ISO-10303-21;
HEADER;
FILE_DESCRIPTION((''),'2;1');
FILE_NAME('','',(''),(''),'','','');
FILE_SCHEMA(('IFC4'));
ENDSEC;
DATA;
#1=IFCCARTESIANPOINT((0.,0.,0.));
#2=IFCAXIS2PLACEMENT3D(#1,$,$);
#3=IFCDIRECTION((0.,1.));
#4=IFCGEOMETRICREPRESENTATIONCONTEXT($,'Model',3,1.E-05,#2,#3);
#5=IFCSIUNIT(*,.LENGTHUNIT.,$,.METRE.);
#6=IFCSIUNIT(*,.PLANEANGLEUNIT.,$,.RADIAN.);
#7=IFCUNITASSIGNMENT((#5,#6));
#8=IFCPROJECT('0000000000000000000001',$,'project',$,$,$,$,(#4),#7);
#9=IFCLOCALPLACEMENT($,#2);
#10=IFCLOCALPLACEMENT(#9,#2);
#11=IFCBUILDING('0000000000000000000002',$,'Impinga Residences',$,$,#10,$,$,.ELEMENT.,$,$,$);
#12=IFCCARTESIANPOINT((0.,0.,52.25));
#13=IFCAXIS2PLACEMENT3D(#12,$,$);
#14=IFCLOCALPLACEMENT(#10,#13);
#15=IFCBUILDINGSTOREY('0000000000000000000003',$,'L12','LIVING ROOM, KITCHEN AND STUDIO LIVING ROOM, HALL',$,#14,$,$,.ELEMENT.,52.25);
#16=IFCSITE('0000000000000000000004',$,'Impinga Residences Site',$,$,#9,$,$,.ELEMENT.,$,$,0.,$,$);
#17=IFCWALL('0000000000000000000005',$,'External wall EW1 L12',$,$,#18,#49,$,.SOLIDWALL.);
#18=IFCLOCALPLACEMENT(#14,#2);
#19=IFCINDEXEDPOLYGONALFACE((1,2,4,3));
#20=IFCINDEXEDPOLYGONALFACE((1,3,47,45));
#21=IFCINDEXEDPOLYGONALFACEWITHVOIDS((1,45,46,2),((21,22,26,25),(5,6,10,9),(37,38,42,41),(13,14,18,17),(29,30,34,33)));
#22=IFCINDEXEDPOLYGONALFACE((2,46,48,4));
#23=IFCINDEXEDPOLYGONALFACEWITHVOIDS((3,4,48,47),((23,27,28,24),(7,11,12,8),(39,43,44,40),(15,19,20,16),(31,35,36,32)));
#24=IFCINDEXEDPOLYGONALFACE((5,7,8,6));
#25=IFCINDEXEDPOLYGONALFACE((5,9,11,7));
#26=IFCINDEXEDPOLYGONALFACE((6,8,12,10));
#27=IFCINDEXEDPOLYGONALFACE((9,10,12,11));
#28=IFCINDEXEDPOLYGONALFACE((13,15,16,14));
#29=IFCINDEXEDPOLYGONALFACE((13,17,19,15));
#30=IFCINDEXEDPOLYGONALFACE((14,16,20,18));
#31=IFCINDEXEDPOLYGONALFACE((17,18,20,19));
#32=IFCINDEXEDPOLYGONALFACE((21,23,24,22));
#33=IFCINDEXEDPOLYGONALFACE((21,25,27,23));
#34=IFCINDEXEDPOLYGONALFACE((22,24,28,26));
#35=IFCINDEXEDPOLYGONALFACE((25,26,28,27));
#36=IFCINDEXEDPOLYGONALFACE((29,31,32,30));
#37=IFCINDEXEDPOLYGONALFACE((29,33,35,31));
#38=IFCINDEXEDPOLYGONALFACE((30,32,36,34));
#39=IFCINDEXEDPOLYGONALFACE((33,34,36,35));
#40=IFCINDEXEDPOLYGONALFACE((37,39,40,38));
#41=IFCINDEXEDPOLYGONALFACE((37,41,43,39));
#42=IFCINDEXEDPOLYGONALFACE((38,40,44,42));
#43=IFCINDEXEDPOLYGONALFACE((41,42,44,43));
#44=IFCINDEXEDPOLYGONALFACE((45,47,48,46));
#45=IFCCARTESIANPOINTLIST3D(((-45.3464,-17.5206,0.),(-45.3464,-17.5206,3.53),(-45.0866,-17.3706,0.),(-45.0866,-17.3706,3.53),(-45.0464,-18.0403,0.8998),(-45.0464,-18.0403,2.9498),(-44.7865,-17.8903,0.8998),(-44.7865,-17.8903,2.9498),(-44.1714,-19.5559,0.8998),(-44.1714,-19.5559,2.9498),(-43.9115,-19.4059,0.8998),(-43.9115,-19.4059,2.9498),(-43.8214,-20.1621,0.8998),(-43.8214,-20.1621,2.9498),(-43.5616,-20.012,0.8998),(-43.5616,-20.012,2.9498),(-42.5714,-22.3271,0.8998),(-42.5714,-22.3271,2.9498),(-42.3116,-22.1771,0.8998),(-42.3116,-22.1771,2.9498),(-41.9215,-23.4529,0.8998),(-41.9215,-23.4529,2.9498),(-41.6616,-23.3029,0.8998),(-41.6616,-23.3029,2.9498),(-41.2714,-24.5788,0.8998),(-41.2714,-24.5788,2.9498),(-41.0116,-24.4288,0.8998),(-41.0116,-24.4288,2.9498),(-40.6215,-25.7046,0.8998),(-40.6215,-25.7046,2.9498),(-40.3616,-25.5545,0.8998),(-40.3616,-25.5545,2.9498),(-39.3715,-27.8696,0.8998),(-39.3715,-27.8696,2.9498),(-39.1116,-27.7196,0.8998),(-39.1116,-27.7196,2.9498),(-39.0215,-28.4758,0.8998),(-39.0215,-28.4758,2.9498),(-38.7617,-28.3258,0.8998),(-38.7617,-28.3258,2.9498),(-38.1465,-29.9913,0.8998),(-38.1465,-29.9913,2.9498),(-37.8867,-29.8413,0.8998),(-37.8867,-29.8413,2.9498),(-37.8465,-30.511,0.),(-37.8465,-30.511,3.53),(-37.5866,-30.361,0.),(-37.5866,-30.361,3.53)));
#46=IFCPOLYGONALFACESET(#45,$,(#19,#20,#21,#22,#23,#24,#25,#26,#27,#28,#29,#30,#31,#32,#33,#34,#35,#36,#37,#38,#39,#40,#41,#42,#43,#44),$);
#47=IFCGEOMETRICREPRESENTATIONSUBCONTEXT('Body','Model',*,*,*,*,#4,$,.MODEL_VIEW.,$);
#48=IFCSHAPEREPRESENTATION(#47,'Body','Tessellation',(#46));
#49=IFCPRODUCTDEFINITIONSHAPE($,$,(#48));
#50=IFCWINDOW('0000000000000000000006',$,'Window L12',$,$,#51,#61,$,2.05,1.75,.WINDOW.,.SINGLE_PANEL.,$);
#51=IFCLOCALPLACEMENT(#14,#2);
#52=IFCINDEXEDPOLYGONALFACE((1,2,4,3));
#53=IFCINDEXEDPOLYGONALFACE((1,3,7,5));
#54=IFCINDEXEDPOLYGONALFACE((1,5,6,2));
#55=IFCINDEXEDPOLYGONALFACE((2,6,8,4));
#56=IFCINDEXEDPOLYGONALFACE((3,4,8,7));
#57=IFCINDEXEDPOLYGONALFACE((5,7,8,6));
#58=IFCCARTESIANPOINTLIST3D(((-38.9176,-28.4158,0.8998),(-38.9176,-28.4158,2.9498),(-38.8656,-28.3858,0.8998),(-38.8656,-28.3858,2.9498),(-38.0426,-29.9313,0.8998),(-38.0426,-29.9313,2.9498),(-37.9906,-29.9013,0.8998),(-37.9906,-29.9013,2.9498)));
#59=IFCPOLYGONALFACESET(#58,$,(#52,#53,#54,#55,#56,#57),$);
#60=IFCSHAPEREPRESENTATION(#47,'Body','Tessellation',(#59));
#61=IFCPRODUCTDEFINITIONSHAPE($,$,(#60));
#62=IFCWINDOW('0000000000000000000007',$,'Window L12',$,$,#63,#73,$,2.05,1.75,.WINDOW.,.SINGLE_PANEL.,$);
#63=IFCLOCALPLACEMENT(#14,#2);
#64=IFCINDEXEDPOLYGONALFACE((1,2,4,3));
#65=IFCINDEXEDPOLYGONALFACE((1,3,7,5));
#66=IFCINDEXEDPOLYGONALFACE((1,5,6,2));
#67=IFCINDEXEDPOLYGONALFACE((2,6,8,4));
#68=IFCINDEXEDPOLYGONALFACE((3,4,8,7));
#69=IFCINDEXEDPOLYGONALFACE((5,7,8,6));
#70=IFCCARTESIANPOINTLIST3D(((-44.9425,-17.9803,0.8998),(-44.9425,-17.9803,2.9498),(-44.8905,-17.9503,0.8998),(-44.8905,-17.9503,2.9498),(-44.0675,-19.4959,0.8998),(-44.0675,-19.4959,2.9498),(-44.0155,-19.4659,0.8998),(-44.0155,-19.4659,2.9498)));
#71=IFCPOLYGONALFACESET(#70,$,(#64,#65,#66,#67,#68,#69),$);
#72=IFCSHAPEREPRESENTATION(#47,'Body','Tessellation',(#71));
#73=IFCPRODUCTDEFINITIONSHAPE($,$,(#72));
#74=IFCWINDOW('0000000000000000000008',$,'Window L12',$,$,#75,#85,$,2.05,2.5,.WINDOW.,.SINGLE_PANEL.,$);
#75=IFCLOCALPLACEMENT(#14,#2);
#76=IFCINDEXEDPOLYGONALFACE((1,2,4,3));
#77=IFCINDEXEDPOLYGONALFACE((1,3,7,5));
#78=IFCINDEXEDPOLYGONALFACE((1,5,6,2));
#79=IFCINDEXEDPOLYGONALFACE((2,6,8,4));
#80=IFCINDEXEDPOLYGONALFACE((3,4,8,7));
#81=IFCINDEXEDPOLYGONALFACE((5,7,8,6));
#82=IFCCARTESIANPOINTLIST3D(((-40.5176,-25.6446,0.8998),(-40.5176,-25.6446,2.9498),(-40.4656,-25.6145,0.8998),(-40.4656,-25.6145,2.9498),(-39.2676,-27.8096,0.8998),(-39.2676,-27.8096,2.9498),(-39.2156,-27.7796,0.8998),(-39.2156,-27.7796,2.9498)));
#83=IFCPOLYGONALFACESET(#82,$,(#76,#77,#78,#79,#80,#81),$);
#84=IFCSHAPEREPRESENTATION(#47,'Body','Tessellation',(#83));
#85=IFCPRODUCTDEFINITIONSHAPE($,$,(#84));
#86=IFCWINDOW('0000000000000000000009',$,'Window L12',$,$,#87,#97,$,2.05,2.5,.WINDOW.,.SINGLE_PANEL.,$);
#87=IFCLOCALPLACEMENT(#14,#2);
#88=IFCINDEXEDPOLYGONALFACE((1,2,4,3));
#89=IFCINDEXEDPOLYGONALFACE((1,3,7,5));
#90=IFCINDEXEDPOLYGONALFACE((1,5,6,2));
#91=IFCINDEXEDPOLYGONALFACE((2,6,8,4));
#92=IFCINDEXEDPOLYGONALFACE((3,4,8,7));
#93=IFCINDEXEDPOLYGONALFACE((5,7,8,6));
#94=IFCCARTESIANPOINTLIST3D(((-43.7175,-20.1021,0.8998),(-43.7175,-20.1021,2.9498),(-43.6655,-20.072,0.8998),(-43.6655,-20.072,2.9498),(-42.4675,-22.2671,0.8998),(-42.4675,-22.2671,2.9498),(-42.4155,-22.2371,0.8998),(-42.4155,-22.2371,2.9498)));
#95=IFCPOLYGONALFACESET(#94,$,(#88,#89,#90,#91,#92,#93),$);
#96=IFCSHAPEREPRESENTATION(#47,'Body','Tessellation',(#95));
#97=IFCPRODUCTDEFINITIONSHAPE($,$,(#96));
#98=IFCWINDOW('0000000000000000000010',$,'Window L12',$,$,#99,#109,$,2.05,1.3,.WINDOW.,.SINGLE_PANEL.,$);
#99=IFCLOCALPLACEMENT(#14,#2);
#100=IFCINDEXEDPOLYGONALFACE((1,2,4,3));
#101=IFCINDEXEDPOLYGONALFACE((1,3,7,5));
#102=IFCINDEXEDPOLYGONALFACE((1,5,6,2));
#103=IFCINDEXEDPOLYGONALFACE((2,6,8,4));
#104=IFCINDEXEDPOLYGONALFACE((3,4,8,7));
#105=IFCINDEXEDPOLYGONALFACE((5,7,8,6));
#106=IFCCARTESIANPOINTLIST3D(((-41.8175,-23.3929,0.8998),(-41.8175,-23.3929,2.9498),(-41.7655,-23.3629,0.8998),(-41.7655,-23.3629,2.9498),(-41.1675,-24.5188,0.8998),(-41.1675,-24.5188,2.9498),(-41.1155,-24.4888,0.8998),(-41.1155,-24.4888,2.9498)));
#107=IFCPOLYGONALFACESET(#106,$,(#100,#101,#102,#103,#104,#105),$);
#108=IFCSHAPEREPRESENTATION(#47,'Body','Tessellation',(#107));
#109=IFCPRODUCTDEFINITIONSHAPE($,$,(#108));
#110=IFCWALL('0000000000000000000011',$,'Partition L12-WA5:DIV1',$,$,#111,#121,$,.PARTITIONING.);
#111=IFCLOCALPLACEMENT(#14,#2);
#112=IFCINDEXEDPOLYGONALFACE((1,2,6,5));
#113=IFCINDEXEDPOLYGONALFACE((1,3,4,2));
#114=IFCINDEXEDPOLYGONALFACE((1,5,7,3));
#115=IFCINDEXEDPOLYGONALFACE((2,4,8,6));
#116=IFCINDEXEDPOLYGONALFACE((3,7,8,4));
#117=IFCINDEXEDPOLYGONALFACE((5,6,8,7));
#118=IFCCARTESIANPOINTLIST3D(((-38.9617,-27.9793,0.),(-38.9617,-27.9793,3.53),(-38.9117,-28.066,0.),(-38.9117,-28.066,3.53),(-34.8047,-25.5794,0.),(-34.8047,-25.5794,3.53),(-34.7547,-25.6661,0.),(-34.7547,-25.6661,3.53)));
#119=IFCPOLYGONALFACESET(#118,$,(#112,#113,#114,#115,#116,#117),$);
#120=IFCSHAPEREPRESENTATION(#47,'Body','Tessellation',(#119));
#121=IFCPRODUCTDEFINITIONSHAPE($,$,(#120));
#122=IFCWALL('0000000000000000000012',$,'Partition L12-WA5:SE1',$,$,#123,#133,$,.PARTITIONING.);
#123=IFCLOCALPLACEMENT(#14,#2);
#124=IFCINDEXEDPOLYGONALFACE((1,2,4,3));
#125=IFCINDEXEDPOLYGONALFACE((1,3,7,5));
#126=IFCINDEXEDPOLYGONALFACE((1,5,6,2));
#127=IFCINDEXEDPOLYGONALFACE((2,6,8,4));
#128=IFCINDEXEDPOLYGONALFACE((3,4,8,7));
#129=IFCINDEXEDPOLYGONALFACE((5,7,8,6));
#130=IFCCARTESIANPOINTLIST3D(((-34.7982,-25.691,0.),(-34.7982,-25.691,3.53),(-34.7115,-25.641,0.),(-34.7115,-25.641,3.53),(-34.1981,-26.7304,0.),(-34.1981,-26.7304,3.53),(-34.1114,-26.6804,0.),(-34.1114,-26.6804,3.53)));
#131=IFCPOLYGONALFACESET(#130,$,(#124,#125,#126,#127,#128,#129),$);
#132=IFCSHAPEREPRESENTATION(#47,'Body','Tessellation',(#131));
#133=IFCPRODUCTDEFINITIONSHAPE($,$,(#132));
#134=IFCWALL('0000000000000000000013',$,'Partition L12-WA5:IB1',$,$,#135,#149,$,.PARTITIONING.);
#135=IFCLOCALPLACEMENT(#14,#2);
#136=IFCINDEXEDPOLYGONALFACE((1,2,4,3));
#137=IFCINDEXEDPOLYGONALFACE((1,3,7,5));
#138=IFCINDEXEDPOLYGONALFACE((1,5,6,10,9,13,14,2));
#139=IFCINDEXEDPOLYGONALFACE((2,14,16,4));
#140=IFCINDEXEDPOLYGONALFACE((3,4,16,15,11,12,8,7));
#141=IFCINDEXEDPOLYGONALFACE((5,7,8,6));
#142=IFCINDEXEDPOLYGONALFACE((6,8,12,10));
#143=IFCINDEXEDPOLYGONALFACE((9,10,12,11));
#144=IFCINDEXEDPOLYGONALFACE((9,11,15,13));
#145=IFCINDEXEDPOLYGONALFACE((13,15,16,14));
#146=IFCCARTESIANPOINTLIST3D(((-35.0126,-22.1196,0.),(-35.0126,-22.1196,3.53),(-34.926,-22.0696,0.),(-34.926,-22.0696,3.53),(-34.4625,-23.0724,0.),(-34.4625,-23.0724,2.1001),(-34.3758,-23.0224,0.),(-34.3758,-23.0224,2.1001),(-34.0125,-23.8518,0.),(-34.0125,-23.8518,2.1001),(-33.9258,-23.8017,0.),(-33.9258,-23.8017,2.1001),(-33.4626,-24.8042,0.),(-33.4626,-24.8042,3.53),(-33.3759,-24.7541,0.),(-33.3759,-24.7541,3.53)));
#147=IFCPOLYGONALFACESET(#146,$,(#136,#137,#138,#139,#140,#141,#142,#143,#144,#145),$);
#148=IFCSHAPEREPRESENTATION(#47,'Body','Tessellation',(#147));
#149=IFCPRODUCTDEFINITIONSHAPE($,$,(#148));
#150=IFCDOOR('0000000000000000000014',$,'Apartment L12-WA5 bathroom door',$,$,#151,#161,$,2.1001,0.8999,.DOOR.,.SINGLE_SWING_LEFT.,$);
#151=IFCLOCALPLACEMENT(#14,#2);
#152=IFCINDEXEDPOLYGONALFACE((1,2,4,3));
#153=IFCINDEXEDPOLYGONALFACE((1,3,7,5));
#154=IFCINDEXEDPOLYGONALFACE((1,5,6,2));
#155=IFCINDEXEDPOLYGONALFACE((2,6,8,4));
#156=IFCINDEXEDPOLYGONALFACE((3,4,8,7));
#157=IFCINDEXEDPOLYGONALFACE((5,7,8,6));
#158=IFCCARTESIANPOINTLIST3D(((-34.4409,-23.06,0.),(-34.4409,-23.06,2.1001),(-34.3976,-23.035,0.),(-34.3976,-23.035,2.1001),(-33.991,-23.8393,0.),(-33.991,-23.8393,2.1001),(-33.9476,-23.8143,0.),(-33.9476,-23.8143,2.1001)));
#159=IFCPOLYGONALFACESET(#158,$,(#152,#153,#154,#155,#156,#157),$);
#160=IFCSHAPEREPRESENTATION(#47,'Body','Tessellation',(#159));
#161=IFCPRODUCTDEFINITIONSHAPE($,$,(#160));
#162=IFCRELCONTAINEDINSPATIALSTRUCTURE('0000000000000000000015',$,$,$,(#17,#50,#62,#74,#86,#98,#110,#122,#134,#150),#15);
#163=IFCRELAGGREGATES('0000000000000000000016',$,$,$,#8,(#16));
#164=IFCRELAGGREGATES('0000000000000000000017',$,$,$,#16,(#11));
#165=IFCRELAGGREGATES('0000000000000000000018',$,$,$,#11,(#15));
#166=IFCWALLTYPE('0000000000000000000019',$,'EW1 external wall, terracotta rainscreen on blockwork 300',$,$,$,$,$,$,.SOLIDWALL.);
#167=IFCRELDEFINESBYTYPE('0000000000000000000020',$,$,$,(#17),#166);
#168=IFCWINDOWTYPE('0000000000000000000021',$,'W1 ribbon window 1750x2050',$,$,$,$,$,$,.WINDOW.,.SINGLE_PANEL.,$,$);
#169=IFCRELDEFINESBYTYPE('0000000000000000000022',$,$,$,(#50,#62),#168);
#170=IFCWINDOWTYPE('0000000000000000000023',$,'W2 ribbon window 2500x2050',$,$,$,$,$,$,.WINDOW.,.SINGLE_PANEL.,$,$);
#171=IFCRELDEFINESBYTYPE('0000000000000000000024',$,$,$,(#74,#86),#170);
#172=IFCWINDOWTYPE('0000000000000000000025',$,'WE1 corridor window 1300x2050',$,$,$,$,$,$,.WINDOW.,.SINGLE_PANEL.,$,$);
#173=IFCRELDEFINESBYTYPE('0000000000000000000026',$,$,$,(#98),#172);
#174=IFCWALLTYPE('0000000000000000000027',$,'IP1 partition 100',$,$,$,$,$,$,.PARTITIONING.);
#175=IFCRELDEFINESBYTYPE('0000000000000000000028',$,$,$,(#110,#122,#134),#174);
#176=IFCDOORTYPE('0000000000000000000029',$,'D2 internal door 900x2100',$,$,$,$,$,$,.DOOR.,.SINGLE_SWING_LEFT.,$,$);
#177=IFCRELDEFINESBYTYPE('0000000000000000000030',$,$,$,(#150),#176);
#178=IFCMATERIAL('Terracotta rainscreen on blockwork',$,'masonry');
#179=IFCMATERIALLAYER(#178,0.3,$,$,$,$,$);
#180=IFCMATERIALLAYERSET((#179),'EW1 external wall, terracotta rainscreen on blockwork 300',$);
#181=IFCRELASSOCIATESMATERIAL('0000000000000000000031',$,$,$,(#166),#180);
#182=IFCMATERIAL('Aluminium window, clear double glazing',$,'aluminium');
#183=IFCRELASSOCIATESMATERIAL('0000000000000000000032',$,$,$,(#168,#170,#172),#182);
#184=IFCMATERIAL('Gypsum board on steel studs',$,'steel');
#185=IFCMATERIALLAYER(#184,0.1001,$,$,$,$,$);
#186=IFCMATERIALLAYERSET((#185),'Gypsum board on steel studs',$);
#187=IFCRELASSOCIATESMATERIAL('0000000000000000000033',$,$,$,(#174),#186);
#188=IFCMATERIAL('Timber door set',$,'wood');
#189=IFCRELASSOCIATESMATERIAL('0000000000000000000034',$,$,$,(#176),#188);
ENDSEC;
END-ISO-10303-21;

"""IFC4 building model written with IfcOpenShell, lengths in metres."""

from ifc_helpers import new_model, si_unit, direction, frame, frame_2d, origin, place, context, subcontext, project, spatial, rectangle, extrude, material, layer, layer_set, type_object, element, fill, save


model = new_model("IFC4")

# Units and contexts
model_context = context("Model", 3, precision=1e-05, world=origin(), true_north=direction((0.0, 1.0)))
body_context = subcontext(model_context, "Body", "Model", "MODEL_VIEW")
ifc_project = project(units=[si_unit("LENGTHUNIT", "METRE"), si_unit("PLANEANGLEUNIT", "RADIAN")], contexts=[model_context])

# Site, building, storey
site_placement = place(None, origin())
site = spatial("IfcSite", under=ifc_project, at=site_placement, Name="Impinga Residences Site", CompositionType="ELEMENT", RefElevation=0.0)
building_placement = place(site_placement, origin())
building = spatial("IfcBuilding", under=site, at=building_placement, Name="Impinga Residences", CompositionType="ELEMENT")
storey_placement = place(building_placement, frame((0.0, 0.0, 52.25)))
storey = spatial("IfcBuildingStorey", under=building, at=storey_placement, Name="L12", Description="LIVING ROOM, KITCHEN AND STUDIO LIVING ROOM, HALL", CompositionType="ELEMENT", Elevation=52.25)

# Shared definitions
ifc_material_1 = material(Name="Terracotta rainscreen on blockwork", Category="masonry")
ifc_layer_1 = layer(ifc_material_1, 0.3)
ifc_layer_set_1 = layer_set([ifc_layer_1], Name="EW1 external wall, terracotta rainscreen on blockwork 300")
wall_type_1 = type_object("IfcWallType", Name="EW1 external wall, terracotta rainscreen on blockwork 300", PredefinedType="SOLIDWALL", material=ifc_layer_set_1)

# Wall, openings, windows
wall_1_placement = place(storey_placement, frame((-37.7166, -30.436, 0.0), z_axis=(0.0, 0.0, 1.0), x_axis=(-0.499997, 0.866027, 0.0)))
wall_1 = element("IfcWall", 1, at=wall_1_placement, inside=storey, type_object=wall_type_1, Name="External wall EW1 L12", PredefinedType="SOLIDWALL", context=body_context, shape_type="SweptSolid", body=[
    extrude(rectangle(XDim=15.0, YDim=0.3, at=frame_2d((7.5, 0.0))), origin(), (0.0, 0.0, 1.0), 3.53),
])
opening_1_placement = place(wall_1_placement, frame((0.6001, 0.0, 0.8999)))
opening_1 = element("IfcOpeningElement", 2, at=opening_1_placement, cuts=wall_1, PredefinedType="OPENING", context=body_context, shape_type="SweptSolid", body=[
    extrude(rectangle(XDim=1.75, YDim=2.05, at=frame_2d((0.875, 1.0249))), frame((0.0, 0.1599, 0.0), z_axis=(0.0, -1.0, 0.0), x_axis=(1.0, 0.0, 0.0)), (0.0, 0.0, 1.0), 0.3201),
])
opening_2_placement = place(wall_1_placement, frame((3.05, 0.0, 0.8999)))
opening_2 = element("IfcOpeningElement", 3, at=opening_2_placement, cuts=wall_1, PredefinedType="OPENING", context=body_context, shape_type="SweptSolid", body=[
    extrude(rectangle(XDim=2.5, YDim=2.05, at=frame_2d((1.25, 1.0249))), frame((0.0, 0.1599, 0.0), z_axis=(0.0, -1.0, 0.0), x_axis=(1.0, 0.0, 0.0)), (0.0, 0.0, 1.0), 0.3201),
])
opening_3_placement = place(wall_1_placement, frame((6.8501, 0.0, 0.8999)))
opening_3 = element("IfcOpeningElement", 4, at=opening_3_placement, cuts=wall_1, PredefinedType="OPENING", context=body_context, shape_type="SweptSolid", body=[
    extrude(rectangle(XDim=1.3, YDim=2.05, at=frame_2d((0.6499, 1.0249))), frame((0.0, 0.1599, 0.0), z_axis=(0.0, -1.0, 0.0), x_axis=(1.0, 0.0, 0.0)), (0.0, 0.0, 1.0), 0.3201),
])
opening_4_placement = place(wall_1_placement, frame((9.45, 0.0, 0.8999)))
opening_4 = element("IfcOpeningElement", 5, at=opening_4_placement, cuts=wall_1, PredefinedType="OPENING", context=body_context, shape_type="SweptSolid", body=[
    extrude(rectangle(XDim=2.5, YDim=2.05, at=frame_2d((1.25, 1.0249))), frame((0.0, 0.1599, 0.0), z_axis=(0.0, -1.0, 0.0), x_axis=(1.0, 0.0, 0.0)), (0.0, 0.0, 1.0), 0.3201),
])
opening_5_placement = place(wall_1_placement, frame((12.6499, 0.0, 0.8999)))
opening_5 = element("IfcOpeningElement", 6, at=opening_5_placement, cuts=wall_1, PredefinedType="OPENING", context=body_context, shape_type="SweptSolid", body=[
    extrude(rectangle(XDim=1.75, YDim=2.05, at=frame_2d((0.875, 1.0249))), frame((0.0, 0.1599, 0.0), z_axis=(0.0, -1.0, 0.0), x_axis=(1.0, 0.0, 0.0)), (0.0, 0.0, 1.0), 0.3201),
])
ifc_material_2 = material(Name="Aluminium window, clear double glazing", Category="aluminium")
window_type_1 = type_object("IfcWindowType", Name="W1 ribbon window 1750x2050", PartitioningType="SINGLE_PANEL", PredefinedType="WINDOW", material=ifc_material_2)
window_1_placement = place(opening_1_placement, origin())
window_1 = element("IfcWindow", 7, at=window_1_placement, inside=storey, type_object=window_type_1, Name="Window L12", OverallHeight=2.05, OverallWidth=1.75, PartitioningType="SINGLE_PANEL", PredefinedType="WINDOW", context=body_context, shape_type="SweptSolid", body=[
    extrude(rectangle(XDim=1.75, YDim=2.05, at=frame_2d((0.875, 1.0249))), frame((0.0, 0.03, 0.0), z_axis=(0.0, -1.0, 0.0), x_axis=(1.0, 0.0, 0.0)), (0.0, 0.0, 1.0), 0.0601),
])
fill(opening_1, window_1)
window_2_placement = place(opening_5_placement, origin())
window_2 = element("IfcWindow", 8, at=window_2_placement, inside=storey, type_object=window_type_1, Name="Window L12", OverallHeight=2.05, OverallWidth=1.75, PartitioningType="SINGLE_PANEL", PredefinedType="WINDOW", context=body_context, shape_type="SweptSolid", body=[
    extrude(rectangle(XDim=1.75, YDim=2.05, at=frame_2d((0.875, 1.0249))), frame((0.0, 0.03, 0.0), z_axis=(0.0, -1.0, 0.0), x_axis=(1.0, 0.0, 0.0)), (0.0, 0.0, 1.0), 0.0601),
])
fill(opening_5, window_2)
window_type_2 = type_object("IfcWindowType", Name="W2 ribbon window 2500x2050", PartitioningType="SINGLE_PANEL", PredefinedType="WINDOW", material=ifc_material_2)
window_3_placement = place(opening_2_placement, origin())
window_3 = element("IfcWindow", 9, at=window_3_placement, inside=storey, type_object=window_type_2, Name="Window L12", OverallHeight=2.05, OverallWidth=2.5, PartitioningType="SINGLE_PANEL", PredefinedType="WINDOW", context=body_context, shape_type="SweptSolid", body=[
    extrude(rectangle(XDim=2.5, YDim=2.05, at=frame_2d((1.25, 1.0249))), frame((0.0, 0.03, 0.0), z_axis=(0.0, -1.0, 0.0), x_axis=(1.0, 0.0, 0.0)), (0.0, 0.0, 1.0), 0.0601),
])
fill(opening_2, window_3)
window_4_placement = place(opening_4_placement, origin())
window_4 = element("IfcWindow", 10, at=window_4_placement, inside=storey, type_object=window_type_2, Name="Window L12", OverallHeight=2.05, OverallWidth=2.5, PartitioningType="SINGLE_PANEL", PredefinedType="WINDOW", context=body_context, shape_type="SweptSolid", body=[
    extrude(rectangle(XDim=2.5, YDim=2.05, at=frame_2d((1.25, 1.0249))), frame((0.0, 0.03, 0.0), z_axis=(0.0, -1.0, 0.0), x_axis=(1.0, 0.0, 0.0)), (0.0, 0.0, 1.0), 0.0601),
])
fill(opening_4, window_4)
window_type_3 = type_object("IfcWindowType", Name="WE1 corridor window 1300x2050", PartitioningType="SINGLE_PANEL", PredefinedType="WINDOW", material=ifc_material_2)
window_5_placement = place(opening_3_placement, origin())
window_5 = element("IfcWindow", 11, at=window_5_placement, inside=storey, type_object=window_type_3, Name="Window L12", OverallHeight=2.05, OverallWidth=1.3, PartitioningType="SINGLE_PANEL", PredefinedType="WINDOW", context=body_context, shape_type="SweptSolid", body=[
    extrude(rectangle(XDim=1.3, YDim=2.05, at=frame_2d((0.6499, 1.0249))), frame((0.0, 0.03, 0.0), z_axis=(0.0, -1.0, 0.0), x_axis=(1.0, 0.0, 0.0)), (0.0, 0.0, 1.0), 0.0601),
])
fill(opening_3, window_5)

# Walls
ifc_material_3 = material(Name="Gypsum board on steel studs", Category="steel")
ifc_layer_2 = layer(ifc_material_3, 0.1001)
ifc_layer_set_2 = layer_set([ifc_layer_2], Name="Gypsum board on steel studs")
wall_type_2 = type_object("IfcWallType", Name="IP1 partition 100", PredefinedType="PARTITIONING", material=ifc_layer_set_2)
wall_2_placement = place(storey_placement, frame((-34.7798, -25.6228, 0.0), z_axis=(0.0, 0.0, 1.0), x_axis=(-0.866037, -0.499979, 0.0)))
element("IfcWall", 12, at=wall_2_placement, inside=storey, type_object=wall_type_2, Name="Partition L12-WA5:DIV1", PredefinedType="PARTITIONING", context=body_context, shape_type="SweptSolid", body=[
    extrude(rectangle(XDim=4.8, YDim=0.1001, at=frame_2d((2.3999, 0.0))), origin(), (0.0, 0.0, 1.0), 3.53),
])
wall_3_placement = place(storey_placement, frame((-34.7549, -25.666, 0.0), z_axis=(0.0, 0.0, 1.0), x_axis=(0.500034, -0.866006, 0.0)))
element("IfcWall", 13, at=wall_3_placement, inside=storey, type_object=wall_type_2, Name="Partition L12-WA5:SE1", PredefinedType="PARTITIONING", context=body_context, shape_type="SweptSolid", body=[
    extrude(rectangle(XDim=1.2002, YDim=0.1001, at=frame_2d((0.6001, 0.0))), origin(), (0.0, 0.0, 1.0), 3.53),
])

# Wall, opening, door
wall_4_placement = place(storey_placement, frame((-34.9692, -22.0947, 0.0), z_axis=(0.0, 0.0, 1.0), x_axis=(0.500027, -0.86601, 0.0)))
wall_4 = element("IfcWall", 14, at=wall_4_placement, inside=storey, type_object=wall_type_2, Name="Partition L12-WA5:IB1", PredefinedType="PARTITIONING", context=body_context, shape_type="SweptSolid", body=[
    extrude(rectangle(XDim=3.0999, YDim=0.1001, at=frame_2d((1.5498, 0.0))), origin(), (0.0, 0.0, 1.0), 3.53),
])
opening_6_placement = place(wall_4_placement, frame((1.1001, 0.0, 0.0)))
opening_6 = element("IfcOpeningElement", 15, at=opening_6_placement, cuts=wall_4, PredefinedType="OPENING", context=body_context, shape_type="SweptSolid", body=[
    extrude(rectangle(XDim=0.8999, YDim=2.1001, at=frame_2d((0.45, 1.05))), frame((0.0, 0.0601, 0.0), z_axis=(0.0, -1.0, 0.0), x_axis=(1.0, 0.0, 0.0)), (0.0, 0.0, 1.0), 0.1201),
])
ifc_material_4 = material(Name="Timber door set", Category="wood")
door_type = type_object("IfcDoorType", Name="D2 internal door 900x2100", OperationType="SINGLE_SWING_LEFT", PredefinedType="DOOR", material=ifc_material_4)
door_1_placement = place(opening_6_placement, origin())
door_1 = element("IfcDoor", 16, at=door_1_placement, inside=storey, type_object=door_type, Name="Apartment L12-WA5 bathroom door", OperationType="SINGLE_SWING_LEFT", OverallHeight=2.1001, OverallWidth=0.8999, PredefinedType="DOOR", context=body_context, shape_type="SweptSolid", body=[
    extrude(rectangle(XDim=0.8999, YDim=2.1001, at=frame_2d((0.45, 1.05))), frame((0.0, 0.0249, 0.0), z_axis=(0.0, -1.0, 0.0), x_axis=(1.0, 0.0, 0.0)), (0.0, 0.0, 1.0), 0.05),
])
fill(opening_6, door_1)

save(model, "model.ifc")
